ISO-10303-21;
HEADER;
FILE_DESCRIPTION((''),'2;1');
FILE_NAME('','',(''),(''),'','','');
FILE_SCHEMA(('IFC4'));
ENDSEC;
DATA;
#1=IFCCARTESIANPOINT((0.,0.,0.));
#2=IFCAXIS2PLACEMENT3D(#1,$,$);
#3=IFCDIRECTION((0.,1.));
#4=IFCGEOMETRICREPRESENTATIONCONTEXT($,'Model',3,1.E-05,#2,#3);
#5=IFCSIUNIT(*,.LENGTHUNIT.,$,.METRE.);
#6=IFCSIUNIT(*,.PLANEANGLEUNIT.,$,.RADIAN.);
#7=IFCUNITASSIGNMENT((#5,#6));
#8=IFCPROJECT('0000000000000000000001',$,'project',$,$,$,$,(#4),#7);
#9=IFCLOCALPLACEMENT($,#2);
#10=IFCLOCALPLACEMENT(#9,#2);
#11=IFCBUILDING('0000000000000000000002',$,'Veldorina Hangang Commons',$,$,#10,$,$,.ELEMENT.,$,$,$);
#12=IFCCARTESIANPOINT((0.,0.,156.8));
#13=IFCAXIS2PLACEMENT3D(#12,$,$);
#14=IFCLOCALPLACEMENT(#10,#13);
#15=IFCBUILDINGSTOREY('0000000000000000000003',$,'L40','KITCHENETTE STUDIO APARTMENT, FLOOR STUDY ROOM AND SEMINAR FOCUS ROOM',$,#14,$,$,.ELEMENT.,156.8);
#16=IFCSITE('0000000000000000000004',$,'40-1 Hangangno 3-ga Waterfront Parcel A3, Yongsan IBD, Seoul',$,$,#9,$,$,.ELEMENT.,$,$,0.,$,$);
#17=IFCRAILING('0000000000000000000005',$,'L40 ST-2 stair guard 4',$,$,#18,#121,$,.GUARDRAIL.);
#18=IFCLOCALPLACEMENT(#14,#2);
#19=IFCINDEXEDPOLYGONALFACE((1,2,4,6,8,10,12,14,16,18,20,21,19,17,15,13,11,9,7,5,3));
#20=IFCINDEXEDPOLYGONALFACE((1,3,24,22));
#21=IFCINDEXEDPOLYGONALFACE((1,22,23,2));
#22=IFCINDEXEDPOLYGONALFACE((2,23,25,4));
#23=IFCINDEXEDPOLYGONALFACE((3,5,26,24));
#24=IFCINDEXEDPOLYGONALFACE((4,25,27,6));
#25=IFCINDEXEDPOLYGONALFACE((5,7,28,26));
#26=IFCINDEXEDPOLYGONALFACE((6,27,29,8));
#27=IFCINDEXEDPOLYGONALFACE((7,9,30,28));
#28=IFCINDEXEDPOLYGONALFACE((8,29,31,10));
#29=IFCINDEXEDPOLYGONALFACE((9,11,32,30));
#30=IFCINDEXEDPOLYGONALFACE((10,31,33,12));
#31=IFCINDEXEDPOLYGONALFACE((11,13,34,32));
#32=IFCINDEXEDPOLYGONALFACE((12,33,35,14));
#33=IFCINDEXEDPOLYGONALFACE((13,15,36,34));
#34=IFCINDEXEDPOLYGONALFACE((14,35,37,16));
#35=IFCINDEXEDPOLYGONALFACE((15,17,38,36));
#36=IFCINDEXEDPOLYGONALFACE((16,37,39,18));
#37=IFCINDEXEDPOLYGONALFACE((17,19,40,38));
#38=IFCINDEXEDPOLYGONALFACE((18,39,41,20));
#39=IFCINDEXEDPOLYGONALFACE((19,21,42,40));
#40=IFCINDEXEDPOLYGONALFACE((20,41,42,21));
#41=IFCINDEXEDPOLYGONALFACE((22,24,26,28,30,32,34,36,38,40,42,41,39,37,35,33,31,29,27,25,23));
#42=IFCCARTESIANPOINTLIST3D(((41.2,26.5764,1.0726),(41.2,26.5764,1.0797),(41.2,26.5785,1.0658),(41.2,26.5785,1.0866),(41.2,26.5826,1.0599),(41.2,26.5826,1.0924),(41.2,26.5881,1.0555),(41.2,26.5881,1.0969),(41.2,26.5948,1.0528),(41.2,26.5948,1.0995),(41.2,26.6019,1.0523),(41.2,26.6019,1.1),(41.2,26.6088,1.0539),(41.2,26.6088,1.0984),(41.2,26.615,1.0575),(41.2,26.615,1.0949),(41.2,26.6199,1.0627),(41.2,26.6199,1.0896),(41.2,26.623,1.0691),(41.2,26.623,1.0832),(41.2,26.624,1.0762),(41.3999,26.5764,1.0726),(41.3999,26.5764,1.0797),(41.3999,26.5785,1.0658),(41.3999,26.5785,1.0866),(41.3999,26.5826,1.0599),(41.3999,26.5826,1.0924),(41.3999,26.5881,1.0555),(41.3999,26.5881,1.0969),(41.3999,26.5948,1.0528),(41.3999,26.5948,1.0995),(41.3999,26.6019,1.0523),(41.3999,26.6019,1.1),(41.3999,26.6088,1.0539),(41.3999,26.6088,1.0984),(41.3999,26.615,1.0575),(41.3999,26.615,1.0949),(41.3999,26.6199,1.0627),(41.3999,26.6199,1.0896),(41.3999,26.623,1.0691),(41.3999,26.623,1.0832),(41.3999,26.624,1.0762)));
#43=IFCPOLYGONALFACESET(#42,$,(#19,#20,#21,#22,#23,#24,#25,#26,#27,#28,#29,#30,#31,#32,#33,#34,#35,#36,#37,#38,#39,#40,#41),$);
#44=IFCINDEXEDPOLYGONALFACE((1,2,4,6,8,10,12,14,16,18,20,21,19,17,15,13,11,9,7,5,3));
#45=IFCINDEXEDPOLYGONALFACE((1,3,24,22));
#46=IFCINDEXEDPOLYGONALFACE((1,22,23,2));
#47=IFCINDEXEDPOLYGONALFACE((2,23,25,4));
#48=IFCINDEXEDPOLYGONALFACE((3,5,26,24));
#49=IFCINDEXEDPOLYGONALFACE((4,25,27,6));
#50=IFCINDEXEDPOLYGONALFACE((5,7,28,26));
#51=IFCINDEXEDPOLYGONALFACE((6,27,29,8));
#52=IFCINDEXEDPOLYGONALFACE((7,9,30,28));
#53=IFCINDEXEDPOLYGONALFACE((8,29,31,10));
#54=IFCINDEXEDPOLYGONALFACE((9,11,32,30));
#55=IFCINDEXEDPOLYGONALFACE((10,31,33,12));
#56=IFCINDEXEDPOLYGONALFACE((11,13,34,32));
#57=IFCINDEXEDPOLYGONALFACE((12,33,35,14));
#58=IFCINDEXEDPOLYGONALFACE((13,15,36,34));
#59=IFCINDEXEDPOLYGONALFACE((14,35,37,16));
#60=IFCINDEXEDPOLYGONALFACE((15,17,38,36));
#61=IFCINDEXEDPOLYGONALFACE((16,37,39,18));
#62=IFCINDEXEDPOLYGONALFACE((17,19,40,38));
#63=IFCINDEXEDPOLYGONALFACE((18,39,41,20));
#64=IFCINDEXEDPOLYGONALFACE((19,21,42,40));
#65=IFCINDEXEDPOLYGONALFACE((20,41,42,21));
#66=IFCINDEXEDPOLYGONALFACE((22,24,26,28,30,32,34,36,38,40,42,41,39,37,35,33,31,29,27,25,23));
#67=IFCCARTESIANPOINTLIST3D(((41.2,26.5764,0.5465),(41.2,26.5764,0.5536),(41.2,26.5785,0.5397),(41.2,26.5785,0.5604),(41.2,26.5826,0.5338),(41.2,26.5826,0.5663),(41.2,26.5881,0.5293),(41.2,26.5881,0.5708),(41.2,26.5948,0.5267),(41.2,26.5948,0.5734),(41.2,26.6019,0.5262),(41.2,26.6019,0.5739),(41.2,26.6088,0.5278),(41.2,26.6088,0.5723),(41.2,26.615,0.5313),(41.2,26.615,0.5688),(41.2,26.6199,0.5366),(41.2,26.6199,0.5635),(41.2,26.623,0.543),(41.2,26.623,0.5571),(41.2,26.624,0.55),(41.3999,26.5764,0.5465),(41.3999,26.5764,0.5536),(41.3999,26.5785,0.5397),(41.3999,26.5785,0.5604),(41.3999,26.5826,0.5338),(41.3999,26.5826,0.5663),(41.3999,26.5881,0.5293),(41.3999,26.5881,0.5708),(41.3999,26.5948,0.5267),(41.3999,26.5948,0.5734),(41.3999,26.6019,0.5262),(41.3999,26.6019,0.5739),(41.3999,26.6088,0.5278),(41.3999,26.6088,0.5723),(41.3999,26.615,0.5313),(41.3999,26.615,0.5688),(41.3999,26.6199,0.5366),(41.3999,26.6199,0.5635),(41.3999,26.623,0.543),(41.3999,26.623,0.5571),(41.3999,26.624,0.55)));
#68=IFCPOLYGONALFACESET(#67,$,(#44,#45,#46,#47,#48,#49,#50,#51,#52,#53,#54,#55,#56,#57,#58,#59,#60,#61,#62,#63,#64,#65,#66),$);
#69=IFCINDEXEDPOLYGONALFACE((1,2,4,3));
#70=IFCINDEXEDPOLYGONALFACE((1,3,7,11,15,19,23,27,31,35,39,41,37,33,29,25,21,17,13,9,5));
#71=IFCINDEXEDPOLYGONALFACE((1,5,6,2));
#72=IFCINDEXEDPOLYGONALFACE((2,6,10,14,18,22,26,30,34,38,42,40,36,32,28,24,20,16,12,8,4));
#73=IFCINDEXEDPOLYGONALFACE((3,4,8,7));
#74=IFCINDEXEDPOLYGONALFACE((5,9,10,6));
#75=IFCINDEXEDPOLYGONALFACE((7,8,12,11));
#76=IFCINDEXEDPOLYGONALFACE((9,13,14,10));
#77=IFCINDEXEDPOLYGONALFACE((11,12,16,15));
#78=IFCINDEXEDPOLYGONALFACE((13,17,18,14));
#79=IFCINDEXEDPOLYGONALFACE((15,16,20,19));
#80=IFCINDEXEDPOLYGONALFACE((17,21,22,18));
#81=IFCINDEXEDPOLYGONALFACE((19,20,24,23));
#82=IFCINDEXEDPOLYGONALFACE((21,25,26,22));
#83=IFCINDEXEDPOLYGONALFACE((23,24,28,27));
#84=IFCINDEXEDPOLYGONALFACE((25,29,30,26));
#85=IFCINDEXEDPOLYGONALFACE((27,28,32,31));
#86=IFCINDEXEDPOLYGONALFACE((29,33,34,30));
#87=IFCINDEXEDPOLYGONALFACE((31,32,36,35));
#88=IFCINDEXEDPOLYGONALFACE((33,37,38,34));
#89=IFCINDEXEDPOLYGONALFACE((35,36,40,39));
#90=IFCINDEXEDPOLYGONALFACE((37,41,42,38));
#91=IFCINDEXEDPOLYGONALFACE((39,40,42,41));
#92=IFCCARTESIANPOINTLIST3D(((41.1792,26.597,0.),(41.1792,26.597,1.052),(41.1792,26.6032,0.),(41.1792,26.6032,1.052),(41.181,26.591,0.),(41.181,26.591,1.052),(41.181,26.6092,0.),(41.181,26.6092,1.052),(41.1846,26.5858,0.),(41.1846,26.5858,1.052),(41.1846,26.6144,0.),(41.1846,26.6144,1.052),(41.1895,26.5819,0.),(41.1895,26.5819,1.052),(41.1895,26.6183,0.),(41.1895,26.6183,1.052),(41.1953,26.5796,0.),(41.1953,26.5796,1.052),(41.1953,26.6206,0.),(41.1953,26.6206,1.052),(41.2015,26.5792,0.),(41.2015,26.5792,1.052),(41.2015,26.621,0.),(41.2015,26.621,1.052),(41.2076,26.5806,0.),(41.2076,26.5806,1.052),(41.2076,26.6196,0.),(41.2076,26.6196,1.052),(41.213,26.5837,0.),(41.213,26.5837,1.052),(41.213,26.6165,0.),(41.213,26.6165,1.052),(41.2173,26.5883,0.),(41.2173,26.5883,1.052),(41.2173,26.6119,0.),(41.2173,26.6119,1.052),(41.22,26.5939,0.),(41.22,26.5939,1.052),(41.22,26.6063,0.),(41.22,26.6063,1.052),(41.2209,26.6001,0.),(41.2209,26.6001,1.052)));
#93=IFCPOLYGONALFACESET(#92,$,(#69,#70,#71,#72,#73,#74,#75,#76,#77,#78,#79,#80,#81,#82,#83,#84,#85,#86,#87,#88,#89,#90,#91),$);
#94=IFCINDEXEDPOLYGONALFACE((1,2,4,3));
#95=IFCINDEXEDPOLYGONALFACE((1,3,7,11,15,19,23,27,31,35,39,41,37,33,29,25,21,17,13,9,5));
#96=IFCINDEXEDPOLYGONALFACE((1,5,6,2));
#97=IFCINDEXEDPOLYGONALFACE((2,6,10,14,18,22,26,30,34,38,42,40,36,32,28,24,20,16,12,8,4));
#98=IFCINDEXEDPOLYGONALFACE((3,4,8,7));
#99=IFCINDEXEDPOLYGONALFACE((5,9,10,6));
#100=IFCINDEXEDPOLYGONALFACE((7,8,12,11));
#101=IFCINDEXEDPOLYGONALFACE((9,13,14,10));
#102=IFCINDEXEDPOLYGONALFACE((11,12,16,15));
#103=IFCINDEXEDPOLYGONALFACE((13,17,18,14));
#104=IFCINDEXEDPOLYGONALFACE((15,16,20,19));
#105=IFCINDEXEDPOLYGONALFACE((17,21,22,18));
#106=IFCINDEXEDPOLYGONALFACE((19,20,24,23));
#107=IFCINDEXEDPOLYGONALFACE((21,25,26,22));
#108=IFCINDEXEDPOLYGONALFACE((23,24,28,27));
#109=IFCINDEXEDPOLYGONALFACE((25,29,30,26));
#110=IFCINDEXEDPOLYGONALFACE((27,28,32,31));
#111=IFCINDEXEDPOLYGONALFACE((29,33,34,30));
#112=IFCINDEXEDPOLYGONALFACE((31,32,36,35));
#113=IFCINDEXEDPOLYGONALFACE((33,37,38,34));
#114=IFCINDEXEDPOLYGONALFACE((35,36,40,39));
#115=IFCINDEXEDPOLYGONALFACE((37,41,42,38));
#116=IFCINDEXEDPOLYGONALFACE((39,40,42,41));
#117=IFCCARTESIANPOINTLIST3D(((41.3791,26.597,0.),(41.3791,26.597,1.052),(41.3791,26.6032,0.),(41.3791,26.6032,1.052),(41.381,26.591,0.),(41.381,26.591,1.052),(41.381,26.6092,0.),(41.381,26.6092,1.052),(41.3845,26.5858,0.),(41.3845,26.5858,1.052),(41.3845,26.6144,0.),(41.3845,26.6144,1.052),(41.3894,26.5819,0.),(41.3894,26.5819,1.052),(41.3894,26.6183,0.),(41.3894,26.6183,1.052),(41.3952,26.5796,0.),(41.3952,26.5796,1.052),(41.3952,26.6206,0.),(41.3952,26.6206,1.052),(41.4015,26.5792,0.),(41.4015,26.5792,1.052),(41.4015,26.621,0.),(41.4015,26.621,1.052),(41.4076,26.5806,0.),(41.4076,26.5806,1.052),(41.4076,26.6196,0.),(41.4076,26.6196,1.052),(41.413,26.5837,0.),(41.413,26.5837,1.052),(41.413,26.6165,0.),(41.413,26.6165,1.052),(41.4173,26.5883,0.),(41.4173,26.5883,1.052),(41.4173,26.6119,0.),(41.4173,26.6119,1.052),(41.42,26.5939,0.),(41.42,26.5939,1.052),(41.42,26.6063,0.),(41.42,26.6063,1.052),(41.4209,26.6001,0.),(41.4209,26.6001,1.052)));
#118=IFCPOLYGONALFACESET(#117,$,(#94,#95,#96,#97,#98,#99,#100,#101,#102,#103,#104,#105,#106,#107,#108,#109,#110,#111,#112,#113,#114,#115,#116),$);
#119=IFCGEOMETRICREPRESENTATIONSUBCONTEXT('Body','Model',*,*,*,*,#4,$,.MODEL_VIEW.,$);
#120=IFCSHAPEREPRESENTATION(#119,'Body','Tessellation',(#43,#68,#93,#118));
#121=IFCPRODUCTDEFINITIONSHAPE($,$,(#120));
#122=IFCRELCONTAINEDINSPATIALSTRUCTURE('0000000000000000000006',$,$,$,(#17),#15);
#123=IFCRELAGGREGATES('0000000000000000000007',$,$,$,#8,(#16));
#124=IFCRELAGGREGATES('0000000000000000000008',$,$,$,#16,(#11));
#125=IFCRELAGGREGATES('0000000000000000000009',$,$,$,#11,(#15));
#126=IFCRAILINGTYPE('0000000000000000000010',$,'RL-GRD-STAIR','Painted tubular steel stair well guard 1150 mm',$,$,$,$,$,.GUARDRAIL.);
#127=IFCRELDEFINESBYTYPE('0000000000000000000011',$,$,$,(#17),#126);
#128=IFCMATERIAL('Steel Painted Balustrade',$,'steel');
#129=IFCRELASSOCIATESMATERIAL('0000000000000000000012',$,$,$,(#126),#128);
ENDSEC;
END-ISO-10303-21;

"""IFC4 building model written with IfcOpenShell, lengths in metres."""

from ifc_helpers import new_model, si_unit, direction, frame, origin, origin_2d, place, context, subcontext, project, spatial, circle, extrude, material, type_object, element, save


model = new_model("IFC4")

# Units and contexts
model_context = context("Model", 3, precision=1e-05, world=origin(), true_north=direction((0.0, 1.0)))
body_context = subcontext(model_context, "Body", "Model", "MODEL_VIEW")
ifc_project = project(units=[si_unit("LENGTHUNIT", "METRE"), si_unit("PLANEANGLEUNIT", "RADIAN")], contexts=[model_context])

# Site, building, storey
site_placement = place(None, origin())
site = spatial("IfcSite", under=ifc_project, at=site_placement, Name="40-1 Hangangno 3-ga Waterfront Parcel A3, Yongsan IBD, Seoul", CompositionType="ELEMENT", RefElevation=0.0)
building_placement = place(site_placement, origin())
building = spatial("IfcBuilding", under=site, at=building_placement, Name="Veldorina Hangang Commons", CompositionType="ELEMENT")
storey_placement = place(building_placement, frame((0.0, 0.0, 156.8)))
storey = spatial("IfcBuildingStorey", under=building, at=storey_placement, Name="L40", Description="KITCHENETTE STUDIO APARTMENT, FLOOR STUDY ROOM AND SEMINAR FOCUS ROOM", CompositionType="ELEMENT", Elevation=156.8)

# Railing
ifc_material_1 = material(Name="Steel Painted Balustrade", Category="steel")
railing_type_1 = type_object("IfcRailingType", Name="RL-GRD-STAIR", Description="Painted tubular steel stair well guard 1150 mm", PredefinedType="GUARDRAIL", material=ifc_material_1)
railing_1_placement = place(storey_placement, frame((41.2, 26.6001, 0.0)))
element("IfcRailing", 1, at=railing_1_placement, inside=storey, type_object=railing_type_1, Name="L40 ST-2 stair guard 4", PredefinedType="GUARDRAIL", context=body_context, shape_type="SweptSolid", body=[
    extrude(circle(Radius=0.0239, at=origin_2d()), frame((0.0, 0.0, 1.0762), z_axis=(1.0, 0.0, 0.0), x_axis=(0.0, 1.0, 0.0)), (0.0, 0.0, 1.0), 0.2),
    extrude(circle(Radius=0.0239, at=origin_2d()), frame((0.0, 0.0, 0.55), z_axis=(1.0, 0.0, 0.0), x_axis=(0.0, 1.0, 0.0)), (0.0, 0.0, 1.0), 0.2),
    extrude(circle(Radius=0.021, at=origin_2d()), origin(), (0.0, 0.0, 1.0), 1.052),
    extrude(circle(Radius=0.021, at=origin_2d()), frame((0.2, 0.0, 0.0)), (0.0, 0.0, 1.0), 1.052),
])

save(model, "model.ifc")
